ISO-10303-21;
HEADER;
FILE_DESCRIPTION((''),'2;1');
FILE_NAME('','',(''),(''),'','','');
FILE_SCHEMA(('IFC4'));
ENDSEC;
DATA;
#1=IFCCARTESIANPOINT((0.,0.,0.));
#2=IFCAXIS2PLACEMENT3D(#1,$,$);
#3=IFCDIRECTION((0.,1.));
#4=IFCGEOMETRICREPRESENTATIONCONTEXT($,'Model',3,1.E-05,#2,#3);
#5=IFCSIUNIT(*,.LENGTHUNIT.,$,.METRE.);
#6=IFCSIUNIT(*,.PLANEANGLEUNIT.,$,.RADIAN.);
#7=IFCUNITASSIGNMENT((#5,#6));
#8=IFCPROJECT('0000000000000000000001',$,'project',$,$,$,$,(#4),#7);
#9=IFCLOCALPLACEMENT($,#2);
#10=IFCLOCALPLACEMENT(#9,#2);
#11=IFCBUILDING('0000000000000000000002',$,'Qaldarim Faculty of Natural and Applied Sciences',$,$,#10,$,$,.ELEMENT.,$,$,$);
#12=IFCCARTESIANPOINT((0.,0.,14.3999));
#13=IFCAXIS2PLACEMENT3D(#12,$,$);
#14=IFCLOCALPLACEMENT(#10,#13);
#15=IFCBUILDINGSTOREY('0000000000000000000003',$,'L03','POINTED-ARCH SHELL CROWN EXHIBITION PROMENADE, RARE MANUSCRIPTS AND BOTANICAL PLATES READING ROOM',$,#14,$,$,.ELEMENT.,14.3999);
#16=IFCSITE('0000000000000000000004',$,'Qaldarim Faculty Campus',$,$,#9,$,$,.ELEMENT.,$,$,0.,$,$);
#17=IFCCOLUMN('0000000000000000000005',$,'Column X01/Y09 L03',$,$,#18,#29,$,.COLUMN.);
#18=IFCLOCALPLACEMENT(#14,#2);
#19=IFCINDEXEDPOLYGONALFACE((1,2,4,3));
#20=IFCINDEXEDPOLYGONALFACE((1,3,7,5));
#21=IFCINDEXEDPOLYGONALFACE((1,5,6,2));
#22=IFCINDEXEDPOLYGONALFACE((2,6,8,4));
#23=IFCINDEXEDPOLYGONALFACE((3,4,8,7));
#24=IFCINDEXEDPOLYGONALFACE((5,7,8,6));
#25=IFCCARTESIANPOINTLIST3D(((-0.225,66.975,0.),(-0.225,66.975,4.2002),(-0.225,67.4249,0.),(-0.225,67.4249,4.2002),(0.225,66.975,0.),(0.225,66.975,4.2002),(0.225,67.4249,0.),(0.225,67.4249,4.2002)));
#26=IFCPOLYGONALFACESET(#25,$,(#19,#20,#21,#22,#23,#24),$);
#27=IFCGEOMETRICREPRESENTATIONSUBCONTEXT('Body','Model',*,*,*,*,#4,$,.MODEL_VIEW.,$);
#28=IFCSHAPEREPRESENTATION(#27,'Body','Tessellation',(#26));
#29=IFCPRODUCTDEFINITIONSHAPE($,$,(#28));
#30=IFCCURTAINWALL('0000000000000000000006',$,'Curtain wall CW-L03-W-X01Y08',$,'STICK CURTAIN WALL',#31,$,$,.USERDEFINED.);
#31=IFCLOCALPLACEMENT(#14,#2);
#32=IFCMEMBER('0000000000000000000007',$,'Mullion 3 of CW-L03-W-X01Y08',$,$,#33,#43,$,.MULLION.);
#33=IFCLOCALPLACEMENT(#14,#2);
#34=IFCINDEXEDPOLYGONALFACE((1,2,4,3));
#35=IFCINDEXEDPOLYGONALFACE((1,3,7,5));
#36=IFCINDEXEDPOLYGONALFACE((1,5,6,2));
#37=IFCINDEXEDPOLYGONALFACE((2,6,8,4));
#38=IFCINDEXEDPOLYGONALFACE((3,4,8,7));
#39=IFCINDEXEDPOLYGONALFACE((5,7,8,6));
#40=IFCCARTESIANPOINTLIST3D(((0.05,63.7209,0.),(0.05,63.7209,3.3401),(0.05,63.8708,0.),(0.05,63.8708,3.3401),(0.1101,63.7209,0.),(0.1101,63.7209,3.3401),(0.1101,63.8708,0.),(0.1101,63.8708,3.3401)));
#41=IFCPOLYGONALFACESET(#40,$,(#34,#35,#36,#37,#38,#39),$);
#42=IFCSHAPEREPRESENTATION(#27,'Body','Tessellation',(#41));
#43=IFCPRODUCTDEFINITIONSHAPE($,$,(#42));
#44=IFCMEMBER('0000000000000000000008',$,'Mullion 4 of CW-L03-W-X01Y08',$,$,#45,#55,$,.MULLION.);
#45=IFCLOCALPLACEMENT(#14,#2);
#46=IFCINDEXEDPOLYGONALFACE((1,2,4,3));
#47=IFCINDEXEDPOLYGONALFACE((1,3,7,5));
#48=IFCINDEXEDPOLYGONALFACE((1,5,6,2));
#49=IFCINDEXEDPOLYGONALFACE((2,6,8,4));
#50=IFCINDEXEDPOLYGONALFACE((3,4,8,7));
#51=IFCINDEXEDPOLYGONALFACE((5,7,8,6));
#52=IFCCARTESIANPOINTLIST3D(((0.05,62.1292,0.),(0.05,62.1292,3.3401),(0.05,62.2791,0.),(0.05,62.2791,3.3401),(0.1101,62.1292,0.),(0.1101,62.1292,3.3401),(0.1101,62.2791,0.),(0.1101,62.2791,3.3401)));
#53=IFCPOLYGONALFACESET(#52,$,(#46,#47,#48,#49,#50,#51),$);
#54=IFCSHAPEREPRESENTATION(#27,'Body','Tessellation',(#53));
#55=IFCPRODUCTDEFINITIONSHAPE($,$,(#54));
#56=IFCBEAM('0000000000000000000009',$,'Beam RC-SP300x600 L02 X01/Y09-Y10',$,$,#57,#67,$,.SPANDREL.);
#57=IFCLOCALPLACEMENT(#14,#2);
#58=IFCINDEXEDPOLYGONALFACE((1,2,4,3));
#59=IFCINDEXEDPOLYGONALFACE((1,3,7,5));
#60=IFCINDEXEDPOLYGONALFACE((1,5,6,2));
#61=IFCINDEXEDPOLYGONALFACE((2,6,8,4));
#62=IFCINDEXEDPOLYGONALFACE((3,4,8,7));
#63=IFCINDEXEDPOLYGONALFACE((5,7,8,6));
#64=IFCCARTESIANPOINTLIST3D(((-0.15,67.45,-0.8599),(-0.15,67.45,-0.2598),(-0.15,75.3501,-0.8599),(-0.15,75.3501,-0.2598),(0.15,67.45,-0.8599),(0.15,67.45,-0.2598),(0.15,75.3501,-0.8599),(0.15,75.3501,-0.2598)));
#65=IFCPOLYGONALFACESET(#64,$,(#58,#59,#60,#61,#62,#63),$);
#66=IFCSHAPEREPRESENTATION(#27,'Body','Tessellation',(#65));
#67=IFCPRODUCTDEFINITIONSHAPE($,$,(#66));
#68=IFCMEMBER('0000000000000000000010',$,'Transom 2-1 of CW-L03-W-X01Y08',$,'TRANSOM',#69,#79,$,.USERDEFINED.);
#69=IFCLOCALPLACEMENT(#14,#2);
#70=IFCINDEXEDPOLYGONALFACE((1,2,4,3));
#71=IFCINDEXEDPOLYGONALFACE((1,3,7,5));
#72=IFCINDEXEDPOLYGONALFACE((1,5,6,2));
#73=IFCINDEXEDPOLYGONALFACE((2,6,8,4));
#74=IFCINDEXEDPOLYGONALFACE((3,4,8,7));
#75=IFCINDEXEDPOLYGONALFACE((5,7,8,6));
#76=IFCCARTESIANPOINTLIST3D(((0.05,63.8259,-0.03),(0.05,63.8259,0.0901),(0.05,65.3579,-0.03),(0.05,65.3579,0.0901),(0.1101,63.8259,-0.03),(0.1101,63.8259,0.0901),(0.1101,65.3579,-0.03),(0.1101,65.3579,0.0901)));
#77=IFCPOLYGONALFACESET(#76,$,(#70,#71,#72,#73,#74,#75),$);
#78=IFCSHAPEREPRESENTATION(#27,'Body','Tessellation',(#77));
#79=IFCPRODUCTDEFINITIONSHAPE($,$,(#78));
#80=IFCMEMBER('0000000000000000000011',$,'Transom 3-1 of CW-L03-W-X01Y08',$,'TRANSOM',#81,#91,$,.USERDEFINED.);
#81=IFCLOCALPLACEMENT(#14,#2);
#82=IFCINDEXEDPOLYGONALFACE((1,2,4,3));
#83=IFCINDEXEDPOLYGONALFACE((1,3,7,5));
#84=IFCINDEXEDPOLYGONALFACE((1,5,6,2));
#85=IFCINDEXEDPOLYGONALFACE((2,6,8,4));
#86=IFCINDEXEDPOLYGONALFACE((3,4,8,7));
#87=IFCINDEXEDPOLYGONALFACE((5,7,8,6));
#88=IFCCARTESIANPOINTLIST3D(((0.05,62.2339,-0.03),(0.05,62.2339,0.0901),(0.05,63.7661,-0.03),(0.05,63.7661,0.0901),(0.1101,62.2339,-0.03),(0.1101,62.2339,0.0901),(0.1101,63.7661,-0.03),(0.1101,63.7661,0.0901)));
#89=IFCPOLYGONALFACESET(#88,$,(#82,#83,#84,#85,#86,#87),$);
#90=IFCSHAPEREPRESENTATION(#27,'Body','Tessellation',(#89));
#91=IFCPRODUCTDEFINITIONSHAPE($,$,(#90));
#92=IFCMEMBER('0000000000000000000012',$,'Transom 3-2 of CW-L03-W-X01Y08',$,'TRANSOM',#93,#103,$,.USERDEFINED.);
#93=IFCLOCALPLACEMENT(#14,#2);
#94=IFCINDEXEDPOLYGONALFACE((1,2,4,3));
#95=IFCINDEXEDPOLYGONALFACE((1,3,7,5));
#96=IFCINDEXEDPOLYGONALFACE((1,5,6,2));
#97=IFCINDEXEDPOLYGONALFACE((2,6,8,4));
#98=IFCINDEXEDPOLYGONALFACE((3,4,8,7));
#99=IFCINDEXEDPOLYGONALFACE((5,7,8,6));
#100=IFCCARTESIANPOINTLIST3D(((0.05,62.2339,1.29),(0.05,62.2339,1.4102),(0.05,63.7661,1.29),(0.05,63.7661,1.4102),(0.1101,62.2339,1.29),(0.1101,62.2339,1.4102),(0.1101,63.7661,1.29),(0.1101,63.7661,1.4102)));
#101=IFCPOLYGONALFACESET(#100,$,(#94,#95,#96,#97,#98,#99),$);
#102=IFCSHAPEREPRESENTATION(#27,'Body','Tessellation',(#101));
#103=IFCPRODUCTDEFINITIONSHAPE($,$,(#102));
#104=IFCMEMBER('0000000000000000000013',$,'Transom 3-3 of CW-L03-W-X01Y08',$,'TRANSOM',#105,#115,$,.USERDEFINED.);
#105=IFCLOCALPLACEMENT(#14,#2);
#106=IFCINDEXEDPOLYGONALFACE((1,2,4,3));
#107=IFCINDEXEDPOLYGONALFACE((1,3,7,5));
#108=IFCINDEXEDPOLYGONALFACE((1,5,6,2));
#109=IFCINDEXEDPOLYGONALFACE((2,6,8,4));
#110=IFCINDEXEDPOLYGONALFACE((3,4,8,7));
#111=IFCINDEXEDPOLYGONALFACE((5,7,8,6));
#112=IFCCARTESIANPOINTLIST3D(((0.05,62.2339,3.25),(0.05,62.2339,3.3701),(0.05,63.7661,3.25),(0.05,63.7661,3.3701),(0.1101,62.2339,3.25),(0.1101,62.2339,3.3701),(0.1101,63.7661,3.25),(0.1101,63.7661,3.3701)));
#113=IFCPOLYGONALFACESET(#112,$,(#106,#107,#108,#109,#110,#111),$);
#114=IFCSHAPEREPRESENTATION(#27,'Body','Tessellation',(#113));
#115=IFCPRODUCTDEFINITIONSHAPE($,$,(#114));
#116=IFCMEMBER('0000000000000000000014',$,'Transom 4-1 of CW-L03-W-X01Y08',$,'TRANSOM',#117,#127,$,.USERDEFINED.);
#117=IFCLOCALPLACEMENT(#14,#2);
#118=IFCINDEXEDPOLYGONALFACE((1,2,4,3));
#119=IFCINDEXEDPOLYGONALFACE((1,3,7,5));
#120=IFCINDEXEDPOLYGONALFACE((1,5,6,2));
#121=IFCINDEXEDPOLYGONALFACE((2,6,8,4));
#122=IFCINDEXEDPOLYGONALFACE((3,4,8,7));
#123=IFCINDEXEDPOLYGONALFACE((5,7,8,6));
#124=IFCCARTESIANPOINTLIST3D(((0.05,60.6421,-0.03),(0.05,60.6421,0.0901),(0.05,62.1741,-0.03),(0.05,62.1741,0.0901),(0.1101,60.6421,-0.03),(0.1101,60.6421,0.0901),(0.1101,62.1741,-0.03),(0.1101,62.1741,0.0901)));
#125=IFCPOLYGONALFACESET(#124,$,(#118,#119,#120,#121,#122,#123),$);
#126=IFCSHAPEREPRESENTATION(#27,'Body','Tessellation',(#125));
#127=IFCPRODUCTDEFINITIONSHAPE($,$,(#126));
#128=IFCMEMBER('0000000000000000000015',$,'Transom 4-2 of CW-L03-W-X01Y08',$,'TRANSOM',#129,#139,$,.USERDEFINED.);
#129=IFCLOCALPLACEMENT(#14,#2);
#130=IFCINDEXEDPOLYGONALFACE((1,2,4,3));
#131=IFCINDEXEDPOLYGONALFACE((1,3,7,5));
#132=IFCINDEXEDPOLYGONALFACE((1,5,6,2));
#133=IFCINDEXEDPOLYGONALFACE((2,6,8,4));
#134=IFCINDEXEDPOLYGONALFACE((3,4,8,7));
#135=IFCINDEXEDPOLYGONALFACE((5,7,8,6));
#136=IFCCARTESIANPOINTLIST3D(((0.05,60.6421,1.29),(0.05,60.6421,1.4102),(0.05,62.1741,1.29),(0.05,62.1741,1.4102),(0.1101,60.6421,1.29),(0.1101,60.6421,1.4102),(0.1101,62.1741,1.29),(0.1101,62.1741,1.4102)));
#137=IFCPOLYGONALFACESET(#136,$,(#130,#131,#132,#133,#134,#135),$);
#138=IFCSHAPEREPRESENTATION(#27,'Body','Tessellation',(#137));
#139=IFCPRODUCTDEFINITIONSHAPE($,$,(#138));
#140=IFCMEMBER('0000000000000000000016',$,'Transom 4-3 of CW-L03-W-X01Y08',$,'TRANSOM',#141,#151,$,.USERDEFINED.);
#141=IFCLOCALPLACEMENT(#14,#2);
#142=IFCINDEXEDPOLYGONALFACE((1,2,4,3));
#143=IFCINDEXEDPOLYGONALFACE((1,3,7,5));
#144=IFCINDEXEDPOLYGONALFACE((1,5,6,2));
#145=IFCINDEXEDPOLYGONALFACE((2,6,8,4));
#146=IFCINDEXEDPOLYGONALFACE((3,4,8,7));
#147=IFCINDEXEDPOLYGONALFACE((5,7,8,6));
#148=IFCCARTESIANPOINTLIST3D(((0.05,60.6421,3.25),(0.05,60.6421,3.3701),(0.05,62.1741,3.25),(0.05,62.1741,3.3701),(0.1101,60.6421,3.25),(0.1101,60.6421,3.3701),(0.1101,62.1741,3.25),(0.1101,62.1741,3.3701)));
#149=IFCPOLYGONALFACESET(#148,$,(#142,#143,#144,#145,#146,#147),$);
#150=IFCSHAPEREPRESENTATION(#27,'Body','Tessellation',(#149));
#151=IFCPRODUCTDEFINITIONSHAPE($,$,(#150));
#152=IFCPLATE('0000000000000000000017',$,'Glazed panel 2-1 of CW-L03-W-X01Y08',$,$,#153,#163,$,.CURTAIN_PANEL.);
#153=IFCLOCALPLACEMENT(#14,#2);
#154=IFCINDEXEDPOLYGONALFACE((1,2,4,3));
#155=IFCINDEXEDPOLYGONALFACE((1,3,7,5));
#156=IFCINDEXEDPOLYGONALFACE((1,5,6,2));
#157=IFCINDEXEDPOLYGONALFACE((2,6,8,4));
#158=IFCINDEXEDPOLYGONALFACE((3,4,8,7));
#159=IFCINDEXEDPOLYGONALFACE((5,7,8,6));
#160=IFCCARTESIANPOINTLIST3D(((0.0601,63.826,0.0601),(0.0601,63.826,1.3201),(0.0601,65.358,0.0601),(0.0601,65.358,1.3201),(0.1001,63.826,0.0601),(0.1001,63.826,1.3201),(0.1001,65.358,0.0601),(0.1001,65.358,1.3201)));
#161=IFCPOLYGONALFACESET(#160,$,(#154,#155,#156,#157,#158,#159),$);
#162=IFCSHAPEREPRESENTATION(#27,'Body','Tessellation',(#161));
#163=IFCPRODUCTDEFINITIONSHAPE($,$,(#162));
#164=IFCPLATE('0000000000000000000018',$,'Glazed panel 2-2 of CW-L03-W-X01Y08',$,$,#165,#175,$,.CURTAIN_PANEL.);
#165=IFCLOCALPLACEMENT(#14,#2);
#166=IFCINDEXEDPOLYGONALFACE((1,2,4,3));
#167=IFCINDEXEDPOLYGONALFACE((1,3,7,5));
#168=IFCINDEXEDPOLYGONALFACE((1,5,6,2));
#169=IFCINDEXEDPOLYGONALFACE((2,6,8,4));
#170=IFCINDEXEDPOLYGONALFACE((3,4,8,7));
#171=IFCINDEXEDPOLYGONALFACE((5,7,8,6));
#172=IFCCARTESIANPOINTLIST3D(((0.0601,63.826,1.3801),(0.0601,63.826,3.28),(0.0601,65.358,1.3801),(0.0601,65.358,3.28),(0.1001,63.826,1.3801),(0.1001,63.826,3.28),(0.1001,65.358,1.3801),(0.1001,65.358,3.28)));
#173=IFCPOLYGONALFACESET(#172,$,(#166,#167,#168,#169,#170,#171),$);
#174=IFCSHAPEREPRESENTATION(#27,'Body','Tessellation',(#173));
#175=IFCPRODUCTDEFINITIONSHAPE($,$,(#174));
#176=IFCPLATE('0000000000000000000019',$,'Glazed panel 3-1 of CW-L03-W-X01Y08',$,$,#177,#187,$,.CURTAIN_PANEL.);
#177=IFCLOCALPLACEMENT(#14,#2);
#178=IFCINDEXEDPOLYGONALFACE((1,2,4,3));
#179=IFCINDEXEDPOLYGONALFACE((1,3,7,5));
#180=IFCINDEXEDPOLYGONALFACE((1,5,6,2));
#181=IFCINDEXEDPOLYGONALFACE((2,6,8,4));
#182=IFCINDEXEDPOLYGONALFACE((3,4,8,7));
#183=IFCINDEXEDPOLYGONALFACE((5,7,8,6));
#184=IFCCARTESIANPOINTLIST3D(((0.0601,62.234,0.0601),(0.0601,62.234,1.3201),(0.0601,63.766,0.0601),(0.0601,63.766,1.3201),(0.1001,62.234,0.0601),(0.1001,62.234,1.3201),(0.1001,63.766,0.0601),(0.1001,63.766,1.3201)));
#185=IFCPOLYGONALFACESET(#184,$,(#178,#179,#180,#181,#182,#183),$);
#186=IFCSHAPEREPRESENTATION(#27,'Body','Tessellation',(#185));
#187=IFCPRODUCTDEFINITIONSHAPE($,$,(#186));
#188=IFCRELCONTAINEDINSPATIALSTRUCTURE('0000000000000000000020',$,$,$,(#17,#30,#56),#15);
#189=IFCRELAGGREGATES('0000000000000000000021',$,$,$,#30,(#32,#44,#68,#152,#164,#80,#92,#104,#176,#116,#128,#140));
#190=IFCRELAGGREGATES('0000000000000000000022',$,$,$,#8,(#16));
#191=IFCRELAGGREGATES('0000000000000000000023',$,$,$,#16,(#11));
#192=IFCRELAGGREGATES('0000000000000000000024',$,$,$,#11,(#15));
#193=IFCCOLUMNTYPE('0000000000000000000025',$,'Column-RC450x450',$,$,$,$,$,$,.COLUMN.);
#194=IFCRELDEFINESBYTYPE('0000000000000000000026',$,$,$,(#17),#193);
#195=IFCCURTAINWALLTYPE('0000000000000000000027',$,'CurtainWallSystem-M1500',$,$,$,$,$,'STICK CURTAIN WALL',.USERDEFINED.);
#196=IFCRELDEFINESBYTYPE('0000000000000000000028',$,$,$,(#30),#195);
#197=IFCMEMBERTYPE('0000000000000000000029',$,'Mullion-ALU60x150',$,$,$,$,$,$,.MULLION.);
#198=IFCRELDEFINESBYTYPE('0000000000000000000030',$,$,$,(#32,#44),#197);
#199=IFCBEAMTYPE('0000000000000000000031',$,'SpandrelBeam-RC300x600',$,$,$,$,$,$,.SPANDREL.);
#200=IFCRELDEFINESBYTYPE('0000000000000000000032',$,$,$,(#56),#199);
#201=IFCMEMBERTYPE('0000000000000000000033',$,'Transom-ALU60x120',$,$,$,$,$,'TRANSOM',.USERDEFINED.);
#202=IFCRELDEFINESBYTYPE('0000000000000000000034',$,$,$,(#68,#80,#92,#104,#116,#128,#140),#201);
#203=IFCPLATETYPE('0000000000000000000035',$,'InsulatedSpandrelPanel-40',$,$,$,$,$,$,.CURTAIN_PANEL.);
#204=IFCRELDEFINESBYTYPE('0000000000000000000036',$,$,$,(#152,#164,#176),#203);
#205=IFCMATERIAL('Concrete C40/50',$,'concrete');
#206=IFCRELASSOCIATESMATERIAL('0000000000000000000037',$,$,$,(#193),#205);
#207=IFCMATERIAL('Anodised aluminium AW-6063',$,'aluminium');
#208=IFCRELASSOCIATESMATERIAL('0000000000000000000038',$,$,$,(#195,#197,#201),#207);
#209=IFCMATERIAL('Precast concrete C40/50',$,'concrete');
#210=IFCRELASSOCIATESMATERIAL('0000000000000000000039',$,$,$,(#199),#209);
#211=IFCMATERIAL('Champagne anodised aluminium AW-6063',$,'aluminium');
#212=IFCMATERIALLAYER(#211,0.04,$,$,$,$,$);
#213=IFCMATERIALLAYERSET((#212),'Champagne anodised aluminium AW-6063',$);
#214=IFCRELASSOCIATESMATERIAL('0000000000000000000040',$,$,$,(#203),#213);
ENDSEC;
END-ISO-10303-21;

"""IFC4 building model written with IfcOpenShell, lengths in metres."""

from ifc_helpers import new_model, si_unit, direction, frame, origin, origin_2d, place, context, subcontext, project, spatial, rectangle, extrude, material, layer, layer_set, material_profile, profile_set, type_object, element, aggregate, save


model = new_model("IFC4")

# Units and contexts
model_context = context("Model", 3, precision=1e-05, world=origin(), true_north=direction((0.0, 1.0)))
body_context = subcontext(model_context, "Body", "Model", "MODEL_VIEW")
ifc_project = project(units=[si_unit("LENGTHUNIT", "METRE"), si_unit("PLANEANGLEUNIT", "RADIAN")], contexts=[model_context])

# Site, building, storey
site_placement = place(None, origin())
site = spatial("IfcSite", under=ifc_project, at=site_placement, Name="Qaldarim Faculty Campus", CompositionType="ELEMENT", RefElevation=0.0)
building_placement = place(site_placement, origin())
building = spatial("IfcBuilding", under=site, at=building_placement, Name="Qaldarim Faculty of Natural and Applied Sciences", CompositionType="ELEMENT")
storey_placement = place(building_placement, frame((0.0, 0.0, 14.3999)))
storey = spatial("IfcBuildingStorey", under=building, at=storey_placement, Name="L03", Description="POINTED-ARCH SHELL CROWN EXHIBITION PROMENADE, RARE MANUSCRIPTS AND BOTANICAL PLATES READING ROOM", CompositionType="ELEMENT", Elevation=14.3999)

# Column
ifc_material_1 = material(Name="Concrete C40/50", Category="concrete")
ifc_material_profile_1 = material_profile(ifc_material_1, rectangle(XDim=0.45, YDim=0.45, at=origin_2d()), Name="RC-C450x450")
ifc_profile_set_1 = profile_set([ifc_material_profile_1], Name="Concrete C40/50")
column_type = type_object("IfcColumnType", Name="Column-RC450x450", PredefinedType="COLUMN", material=ifc_profile_set_1)
column_placement = place(storey_placement, frame((0.0, 67.2, 0.0), z_axis=(0.0, 0.0, 1.0), x_axis=(1.0, 0.0, 0.0)))
element("IfcColumn", 1, at=column_placement, inside=storey, type_object=column_type, Name="Column X01/Y09 L03", PredefinedType="COLUMN", context=body_context, shape_type="SweptSolid", body=[
    extrude(rectangle(XDim=0.45, YDim=0.45, at=origin_2d()), origin(), (0.0, 0.0, 1.0), 4.2002),
])

# Curtain wall, members
ifc_material_2 = material(Name="Anodised aluminium AW-6063", Category="aluminium")
curtain_wall_type = type_object("IfcCurtainWallType", Name="CurtainWallSystem-M1500", ElementType="STICK CURTAIN WALL", PredefinedType="USERDEFINED", material=ifc_material_2)
curtain_wall_placement = place(storey_placement, origin())
curtain_wall = element("IfcCurtainWall", 2, at=curtain_wall_placement, inside=storey, type_object=curtain_wall_type, Name="Curtain wall CW-L03-W-X01Y08", ObjectType="STICK CURTAIN WALL", PredefinedType="USERDEFINED")
ifc_material_profile_2 = material_profile(ifc_material_2, rectangle(XDim=0.0601, YDim=0.1499, at=origin_2d()), Name="ALU-M60x150")
ifc_profile_set_2 = profile_set([ifc_material_profile_2], Name="Anodised aluminium AW-6063")
member_type_1 = type_object("IfcMemberType", Name="Mullion-ALU60x150", PredefinedType="MULLION", material=ifc_profile_set_2)
member_1_placement = place(storey_placement, frame((0.0801, 63.7959, 0.0), z_axis=(0.0, 0.0, 1.0), x_axis=(1.0, 0.0, 0.0)))
member_1 = element("IfcMember", 3, at=member_1_placement, type_object=member_type_1, Name="Mullion 3 of CW-L03-W-X01Y08", PredefinedType="MULLION", context=body_context, shape_type="SweptSolid", body=[
    extrude(rectangle(XDim=0.0601, YDim=0.1499, at=origin_2d()), origin(), (0.0, 0.0, 1.0), 3.3401),
])
member_2_placement = place(storey_placement, frame((0.0801, 62.2041, 0.0), z_axis=(0.0, 0.0, 1.0), x_axis=(1.0, 0.0, 0.0)))
member_2 = element("IfcMember", 4, at=member_2_placement, type_object=member_type_1, Name="Mullion 4 of CW-L03-W-X01Y08", PredefinedType="MULLION", context=body_context, shape_type="SweptSolid", body=[
    extrude(rectangle(XDim=0.0601, YDim=0.1499, at=origin_2d()), origin(), (0.0, 0.0, 1.0), 3.3401),
])

# Beam
ifc_material_3 = material(Name="Precast concrete C40/50", Category="concrete")
ifc_material_profile_3 = material_profile(ifc_material_3, rectangle(XDim=0.3, YDim=0.6001, at=origin_2d()), Name="RC-SP300x600")
ifc_profile_set_3 = profile_set([ifc_material_profile_3], Name="Precast concrete C40/50")
beam_type = type_object("IfcBeamType", Name="SpandrelBeam-RC300x600", PredefinedType="SPANDREL", material=ifc_profile_set_3)
beam_placement = place(storey_placement, frame((0.0, 67.45, -0.5598), z_axis=(0.0, 1.0, 0.0), x_axis=(-1.0, 0.0, 0.0)))
element("IfcBeam", 5, at=beam_placement, inside=storey, type_object=beam_type, Name="Beam RC-SP300x600 L02 X01/Y09-Y10", PredefinedType="SPANDREL", context=body_context, shape_type="SweptSolid", body=[
    extrude(rectangle(XDim=0.3, YDim=0.6001, at=origin_2d()), origin(), (0.0, 0.0, 1.0), 7.9001),
])

# Members
ifc_material_profile_4 = material_profile(ifc_material_2, rectangle(XDim=0.0601, YDim=0.1201, at=origin_2d()), Name="ALU-T60x120")
ifc_profile_set_4 = profile_set([ifc_material_profile_4], Name="Anodised aluminium AW-6063")
member_type_2 = type_object("IfcMemberType", Name="Transom-ALU60x120", ElementType="TRANSOM", PredefinedType="USERDEFINED", material=ifc_profile_set_4)
member_3_placement = place(storey_placement, frame((0.0801, 65.3579, 0.03), z_axis=(0.0, -1.0, 0.0), x_axis=(1.0, 0.0, 0.0)))
member_3 = element("IfcMember", 6, at=member_3_placement, type_object=member_type_2, Name="Transom 2-1 of CW-L03-W-X01Y08", ObjectType="TRANSOM", PredefinedType="USERDEFINED", context=body_context, shape_type="SweptSolid", body=[
    extrude(rectangle(XDim=0.0601, YDim=0.1201, at=origin_2d()), origin(), (0.0, 0.0, 1.0), 1.532),
])
member_4_placement = place(storey_placement, frame((0.0801, 63.7661, 0.03), z_axis=(0.0, -1.0, 0.0), x_axis=(1.0, 0.0, 0.0)))
member_4 = element("IfcMember", 7, at=member_4_placement, type_object=member_type_2, Name="Transom 3-1 of CW-L03-W-X01Y08", ObjectType="TRANSOM", PredefinedType="USERDEFINED", context=body_context, shape_type="SweptSolid", body=[
    extrude(rectangle(XDim=0.0601, YDim=0.1201, at=origin_2d()), origin(), (0.0, 0.0, 1.0), 1.5322),
])
member_5_placement = place(storey_placement, frame((0.0801, 63.7661, 1.3501), z_axis=(0.0, -1.0, 0.0), x_axis=(1.0, 0.0, 0.0)))
member_5 = element("IfcMember", 8, at=member_5_placement, type_object=member_type_2, Name="Transom 3-2 of CW-L03-W-X01Y08", ObjectType="TRANSOM", PredefinedType="USERDEFINED", context=body_context, shape_type="SweptSolid", body=[
    extrude(rectangle(XDim=0.0601, YDim=0.1201, at=origin_2d()), origin(), (0.0, 0.0, 1.0), 1.5322),
])
member_6_placement = place(storey_placement, frame((0.0801, 63.7661, 3.3101), z_axis=(0.0, -1.0, 0.0), x_axis=(1.0, 0.0, 0.0)))
member_6 = element("IfcMember", 9, at=member_6_placement, type_object=member_type_2, Name="Transom 3-3 of CW-L03-W-X01Y08", ObjectType="TRANSOM", PredefinedType="USERDEFINED", context=body_context, shape_type="SweptSolid", body=[
    extrude(rectangle(XDim=0.0601, YDim=0.1201, at=origin_2d()), origin(), (0.0, 0.0, 1.0), 1.5322),
])
member_7_placement = place(storey_placement, frame((0.0801, 62.1741, 0.03), z_axis=(0.0, -1.0, 0.0), x_axis=(1.0, 0.0, 0.0)))
member_7 = element("IfcMember", 10, at=member_7_placement, type_object=member_type_2, Name="Transom 4-1 of CW-L03-W-X01Y08", ObjectType="TRANSOM", PredefinedType="USERDEFINED", context=body_context, shape_type="SweptSolid", body=[
    extrude(rectangle(XDim=0.0601, YDim=0.1201, at=origin_2d()), origin(), (0.0, 0.0, 1.0), 1.532),
])
member_8_placement = place(storey_placement, frame((0.0801, 62.1741, 1.3501), z_axis=(0.0, -1.0, 0.0), x_axis=(1.0, 0.0, 0.0)))
member_8 = element("IfcMember", 11, at=member_8_placement, type_object=member_type_2, Name="Transom 4-2 of CW-L03-W-X01Y08", ObjectType="TRANSOM", PredefinedType="USERDEFINED", context=body_context, shape_type="SweptSolid", body=[
    extrude(rectangle(XDim=0.0601, YDim=0.1201, at=origin_2d()), origin(), (0.0, 0.0, 1.0), 1.532),
])
member_9_placement = place(storey_placement, frame((0.0801, 62.1741, 3.3101), z_axis=(0.0, -1.0, 0.0), x_axis=(1.0, 0.0, 0.0)))
member_9 = element("IfcMember", 12, at=member_9_placement, type_object=member_type_2, Name="Transom 4-3 of CW-L03-W-X01Y08", ObjectType="TRANSOM", PredefinedType="USERDEFINED", context=body_context, shape_type="SweptSolid", body=[
    extrude(rectangle(XDim=0.0601, YDim=0.1201, at=origin_2d()), origin(), (0.0, 0.0, 1.0), 1.532),
])

# Plates
ifc_material_4 = material(Name="Champagne anodised aluminium AW-6063", Category="aluminium")
ifc_layer_1 = layer(ifc_material_4, 0.04)
ifc_layer_set_1 = layer_set([ifc_layer_1], Name="Champagne anodised aluminium AW-6063")
plate_type = type_object("IfcPlateType", Name="InsulatedSpandrelPanel-40", PredefinedType="CURTAIN_PANEL", material=ifc_layer_set_1)
plate_1_placement = place(storey_placement, frame((0.0801, 64.592, 0.0601), z_axis=(0.0, 0.0, 1.0), x_axis=(0.0, -1.0, 0.0)))
plate_1 = element("IfcPlate", 13, at=plate_1_placement, type_object=plate_type, Name="Glazed panel 2-1 of CW-L03-W-X01Y08", PredefinedType="CURTAIN_PANEL", context=body_context, shape_type="SweptSolid", body=[
    extrude(rectangle(XDim=1.532, YDim=0.04, at=origin_2d()), origin(), (0.0, 0.0, 1.0), 1.26),
])
plate_2_placement = place(storey_placement, frame((0.0801, 64.592, 1.3801), z_axis=(0.0, 0.0, 1.0), x_axis=(0.0, -1.0, 0.0)))
plate_2 = element("IfcPlate", 14, at=plate_2_placement, type_object=plate_type, Name="Glazed panel 2-2 of CW-L03-W-X01Y08", PredefinedType="CURTAIN_PANEL", context=body_context, shape_type="SweptSolid", body=[
    extrude(rectangle(XDim=1.532, YDim=0.04, at=origin_2d()), origin(), (0.0, 0.0, 1.0), 1.8999),
])
plate_3_placement = place(storey_placement, frame((0.0801, 63.0, 0.0601), z_axis=(0.0, 0.0, 1.0), x_axis=(0.0, -1.0, 0.0)))
plate_3 = element("IfcPlate", 15, at=plate_3_placement, type_object=plate_type, Name="Glazed panel 3-1 of CW-L03-W-X01Y08", PredefinedType="CURTAIN_PANEL", context=body_context, shape_type="SweptSolid", body=[
    extrude(rectangle(XDim=1.532, YDim=0.04, at=origin_2d()), origin(), (0.0, 0.0, 1.0), 1.26),
])
aggregate(curtain_wall, [member_1, member_2, member_3, plate_1, plate_2, member_4, member_5, member_6, plate_3, member_7, member_8, member_9])

save(model, "model.ifc")
